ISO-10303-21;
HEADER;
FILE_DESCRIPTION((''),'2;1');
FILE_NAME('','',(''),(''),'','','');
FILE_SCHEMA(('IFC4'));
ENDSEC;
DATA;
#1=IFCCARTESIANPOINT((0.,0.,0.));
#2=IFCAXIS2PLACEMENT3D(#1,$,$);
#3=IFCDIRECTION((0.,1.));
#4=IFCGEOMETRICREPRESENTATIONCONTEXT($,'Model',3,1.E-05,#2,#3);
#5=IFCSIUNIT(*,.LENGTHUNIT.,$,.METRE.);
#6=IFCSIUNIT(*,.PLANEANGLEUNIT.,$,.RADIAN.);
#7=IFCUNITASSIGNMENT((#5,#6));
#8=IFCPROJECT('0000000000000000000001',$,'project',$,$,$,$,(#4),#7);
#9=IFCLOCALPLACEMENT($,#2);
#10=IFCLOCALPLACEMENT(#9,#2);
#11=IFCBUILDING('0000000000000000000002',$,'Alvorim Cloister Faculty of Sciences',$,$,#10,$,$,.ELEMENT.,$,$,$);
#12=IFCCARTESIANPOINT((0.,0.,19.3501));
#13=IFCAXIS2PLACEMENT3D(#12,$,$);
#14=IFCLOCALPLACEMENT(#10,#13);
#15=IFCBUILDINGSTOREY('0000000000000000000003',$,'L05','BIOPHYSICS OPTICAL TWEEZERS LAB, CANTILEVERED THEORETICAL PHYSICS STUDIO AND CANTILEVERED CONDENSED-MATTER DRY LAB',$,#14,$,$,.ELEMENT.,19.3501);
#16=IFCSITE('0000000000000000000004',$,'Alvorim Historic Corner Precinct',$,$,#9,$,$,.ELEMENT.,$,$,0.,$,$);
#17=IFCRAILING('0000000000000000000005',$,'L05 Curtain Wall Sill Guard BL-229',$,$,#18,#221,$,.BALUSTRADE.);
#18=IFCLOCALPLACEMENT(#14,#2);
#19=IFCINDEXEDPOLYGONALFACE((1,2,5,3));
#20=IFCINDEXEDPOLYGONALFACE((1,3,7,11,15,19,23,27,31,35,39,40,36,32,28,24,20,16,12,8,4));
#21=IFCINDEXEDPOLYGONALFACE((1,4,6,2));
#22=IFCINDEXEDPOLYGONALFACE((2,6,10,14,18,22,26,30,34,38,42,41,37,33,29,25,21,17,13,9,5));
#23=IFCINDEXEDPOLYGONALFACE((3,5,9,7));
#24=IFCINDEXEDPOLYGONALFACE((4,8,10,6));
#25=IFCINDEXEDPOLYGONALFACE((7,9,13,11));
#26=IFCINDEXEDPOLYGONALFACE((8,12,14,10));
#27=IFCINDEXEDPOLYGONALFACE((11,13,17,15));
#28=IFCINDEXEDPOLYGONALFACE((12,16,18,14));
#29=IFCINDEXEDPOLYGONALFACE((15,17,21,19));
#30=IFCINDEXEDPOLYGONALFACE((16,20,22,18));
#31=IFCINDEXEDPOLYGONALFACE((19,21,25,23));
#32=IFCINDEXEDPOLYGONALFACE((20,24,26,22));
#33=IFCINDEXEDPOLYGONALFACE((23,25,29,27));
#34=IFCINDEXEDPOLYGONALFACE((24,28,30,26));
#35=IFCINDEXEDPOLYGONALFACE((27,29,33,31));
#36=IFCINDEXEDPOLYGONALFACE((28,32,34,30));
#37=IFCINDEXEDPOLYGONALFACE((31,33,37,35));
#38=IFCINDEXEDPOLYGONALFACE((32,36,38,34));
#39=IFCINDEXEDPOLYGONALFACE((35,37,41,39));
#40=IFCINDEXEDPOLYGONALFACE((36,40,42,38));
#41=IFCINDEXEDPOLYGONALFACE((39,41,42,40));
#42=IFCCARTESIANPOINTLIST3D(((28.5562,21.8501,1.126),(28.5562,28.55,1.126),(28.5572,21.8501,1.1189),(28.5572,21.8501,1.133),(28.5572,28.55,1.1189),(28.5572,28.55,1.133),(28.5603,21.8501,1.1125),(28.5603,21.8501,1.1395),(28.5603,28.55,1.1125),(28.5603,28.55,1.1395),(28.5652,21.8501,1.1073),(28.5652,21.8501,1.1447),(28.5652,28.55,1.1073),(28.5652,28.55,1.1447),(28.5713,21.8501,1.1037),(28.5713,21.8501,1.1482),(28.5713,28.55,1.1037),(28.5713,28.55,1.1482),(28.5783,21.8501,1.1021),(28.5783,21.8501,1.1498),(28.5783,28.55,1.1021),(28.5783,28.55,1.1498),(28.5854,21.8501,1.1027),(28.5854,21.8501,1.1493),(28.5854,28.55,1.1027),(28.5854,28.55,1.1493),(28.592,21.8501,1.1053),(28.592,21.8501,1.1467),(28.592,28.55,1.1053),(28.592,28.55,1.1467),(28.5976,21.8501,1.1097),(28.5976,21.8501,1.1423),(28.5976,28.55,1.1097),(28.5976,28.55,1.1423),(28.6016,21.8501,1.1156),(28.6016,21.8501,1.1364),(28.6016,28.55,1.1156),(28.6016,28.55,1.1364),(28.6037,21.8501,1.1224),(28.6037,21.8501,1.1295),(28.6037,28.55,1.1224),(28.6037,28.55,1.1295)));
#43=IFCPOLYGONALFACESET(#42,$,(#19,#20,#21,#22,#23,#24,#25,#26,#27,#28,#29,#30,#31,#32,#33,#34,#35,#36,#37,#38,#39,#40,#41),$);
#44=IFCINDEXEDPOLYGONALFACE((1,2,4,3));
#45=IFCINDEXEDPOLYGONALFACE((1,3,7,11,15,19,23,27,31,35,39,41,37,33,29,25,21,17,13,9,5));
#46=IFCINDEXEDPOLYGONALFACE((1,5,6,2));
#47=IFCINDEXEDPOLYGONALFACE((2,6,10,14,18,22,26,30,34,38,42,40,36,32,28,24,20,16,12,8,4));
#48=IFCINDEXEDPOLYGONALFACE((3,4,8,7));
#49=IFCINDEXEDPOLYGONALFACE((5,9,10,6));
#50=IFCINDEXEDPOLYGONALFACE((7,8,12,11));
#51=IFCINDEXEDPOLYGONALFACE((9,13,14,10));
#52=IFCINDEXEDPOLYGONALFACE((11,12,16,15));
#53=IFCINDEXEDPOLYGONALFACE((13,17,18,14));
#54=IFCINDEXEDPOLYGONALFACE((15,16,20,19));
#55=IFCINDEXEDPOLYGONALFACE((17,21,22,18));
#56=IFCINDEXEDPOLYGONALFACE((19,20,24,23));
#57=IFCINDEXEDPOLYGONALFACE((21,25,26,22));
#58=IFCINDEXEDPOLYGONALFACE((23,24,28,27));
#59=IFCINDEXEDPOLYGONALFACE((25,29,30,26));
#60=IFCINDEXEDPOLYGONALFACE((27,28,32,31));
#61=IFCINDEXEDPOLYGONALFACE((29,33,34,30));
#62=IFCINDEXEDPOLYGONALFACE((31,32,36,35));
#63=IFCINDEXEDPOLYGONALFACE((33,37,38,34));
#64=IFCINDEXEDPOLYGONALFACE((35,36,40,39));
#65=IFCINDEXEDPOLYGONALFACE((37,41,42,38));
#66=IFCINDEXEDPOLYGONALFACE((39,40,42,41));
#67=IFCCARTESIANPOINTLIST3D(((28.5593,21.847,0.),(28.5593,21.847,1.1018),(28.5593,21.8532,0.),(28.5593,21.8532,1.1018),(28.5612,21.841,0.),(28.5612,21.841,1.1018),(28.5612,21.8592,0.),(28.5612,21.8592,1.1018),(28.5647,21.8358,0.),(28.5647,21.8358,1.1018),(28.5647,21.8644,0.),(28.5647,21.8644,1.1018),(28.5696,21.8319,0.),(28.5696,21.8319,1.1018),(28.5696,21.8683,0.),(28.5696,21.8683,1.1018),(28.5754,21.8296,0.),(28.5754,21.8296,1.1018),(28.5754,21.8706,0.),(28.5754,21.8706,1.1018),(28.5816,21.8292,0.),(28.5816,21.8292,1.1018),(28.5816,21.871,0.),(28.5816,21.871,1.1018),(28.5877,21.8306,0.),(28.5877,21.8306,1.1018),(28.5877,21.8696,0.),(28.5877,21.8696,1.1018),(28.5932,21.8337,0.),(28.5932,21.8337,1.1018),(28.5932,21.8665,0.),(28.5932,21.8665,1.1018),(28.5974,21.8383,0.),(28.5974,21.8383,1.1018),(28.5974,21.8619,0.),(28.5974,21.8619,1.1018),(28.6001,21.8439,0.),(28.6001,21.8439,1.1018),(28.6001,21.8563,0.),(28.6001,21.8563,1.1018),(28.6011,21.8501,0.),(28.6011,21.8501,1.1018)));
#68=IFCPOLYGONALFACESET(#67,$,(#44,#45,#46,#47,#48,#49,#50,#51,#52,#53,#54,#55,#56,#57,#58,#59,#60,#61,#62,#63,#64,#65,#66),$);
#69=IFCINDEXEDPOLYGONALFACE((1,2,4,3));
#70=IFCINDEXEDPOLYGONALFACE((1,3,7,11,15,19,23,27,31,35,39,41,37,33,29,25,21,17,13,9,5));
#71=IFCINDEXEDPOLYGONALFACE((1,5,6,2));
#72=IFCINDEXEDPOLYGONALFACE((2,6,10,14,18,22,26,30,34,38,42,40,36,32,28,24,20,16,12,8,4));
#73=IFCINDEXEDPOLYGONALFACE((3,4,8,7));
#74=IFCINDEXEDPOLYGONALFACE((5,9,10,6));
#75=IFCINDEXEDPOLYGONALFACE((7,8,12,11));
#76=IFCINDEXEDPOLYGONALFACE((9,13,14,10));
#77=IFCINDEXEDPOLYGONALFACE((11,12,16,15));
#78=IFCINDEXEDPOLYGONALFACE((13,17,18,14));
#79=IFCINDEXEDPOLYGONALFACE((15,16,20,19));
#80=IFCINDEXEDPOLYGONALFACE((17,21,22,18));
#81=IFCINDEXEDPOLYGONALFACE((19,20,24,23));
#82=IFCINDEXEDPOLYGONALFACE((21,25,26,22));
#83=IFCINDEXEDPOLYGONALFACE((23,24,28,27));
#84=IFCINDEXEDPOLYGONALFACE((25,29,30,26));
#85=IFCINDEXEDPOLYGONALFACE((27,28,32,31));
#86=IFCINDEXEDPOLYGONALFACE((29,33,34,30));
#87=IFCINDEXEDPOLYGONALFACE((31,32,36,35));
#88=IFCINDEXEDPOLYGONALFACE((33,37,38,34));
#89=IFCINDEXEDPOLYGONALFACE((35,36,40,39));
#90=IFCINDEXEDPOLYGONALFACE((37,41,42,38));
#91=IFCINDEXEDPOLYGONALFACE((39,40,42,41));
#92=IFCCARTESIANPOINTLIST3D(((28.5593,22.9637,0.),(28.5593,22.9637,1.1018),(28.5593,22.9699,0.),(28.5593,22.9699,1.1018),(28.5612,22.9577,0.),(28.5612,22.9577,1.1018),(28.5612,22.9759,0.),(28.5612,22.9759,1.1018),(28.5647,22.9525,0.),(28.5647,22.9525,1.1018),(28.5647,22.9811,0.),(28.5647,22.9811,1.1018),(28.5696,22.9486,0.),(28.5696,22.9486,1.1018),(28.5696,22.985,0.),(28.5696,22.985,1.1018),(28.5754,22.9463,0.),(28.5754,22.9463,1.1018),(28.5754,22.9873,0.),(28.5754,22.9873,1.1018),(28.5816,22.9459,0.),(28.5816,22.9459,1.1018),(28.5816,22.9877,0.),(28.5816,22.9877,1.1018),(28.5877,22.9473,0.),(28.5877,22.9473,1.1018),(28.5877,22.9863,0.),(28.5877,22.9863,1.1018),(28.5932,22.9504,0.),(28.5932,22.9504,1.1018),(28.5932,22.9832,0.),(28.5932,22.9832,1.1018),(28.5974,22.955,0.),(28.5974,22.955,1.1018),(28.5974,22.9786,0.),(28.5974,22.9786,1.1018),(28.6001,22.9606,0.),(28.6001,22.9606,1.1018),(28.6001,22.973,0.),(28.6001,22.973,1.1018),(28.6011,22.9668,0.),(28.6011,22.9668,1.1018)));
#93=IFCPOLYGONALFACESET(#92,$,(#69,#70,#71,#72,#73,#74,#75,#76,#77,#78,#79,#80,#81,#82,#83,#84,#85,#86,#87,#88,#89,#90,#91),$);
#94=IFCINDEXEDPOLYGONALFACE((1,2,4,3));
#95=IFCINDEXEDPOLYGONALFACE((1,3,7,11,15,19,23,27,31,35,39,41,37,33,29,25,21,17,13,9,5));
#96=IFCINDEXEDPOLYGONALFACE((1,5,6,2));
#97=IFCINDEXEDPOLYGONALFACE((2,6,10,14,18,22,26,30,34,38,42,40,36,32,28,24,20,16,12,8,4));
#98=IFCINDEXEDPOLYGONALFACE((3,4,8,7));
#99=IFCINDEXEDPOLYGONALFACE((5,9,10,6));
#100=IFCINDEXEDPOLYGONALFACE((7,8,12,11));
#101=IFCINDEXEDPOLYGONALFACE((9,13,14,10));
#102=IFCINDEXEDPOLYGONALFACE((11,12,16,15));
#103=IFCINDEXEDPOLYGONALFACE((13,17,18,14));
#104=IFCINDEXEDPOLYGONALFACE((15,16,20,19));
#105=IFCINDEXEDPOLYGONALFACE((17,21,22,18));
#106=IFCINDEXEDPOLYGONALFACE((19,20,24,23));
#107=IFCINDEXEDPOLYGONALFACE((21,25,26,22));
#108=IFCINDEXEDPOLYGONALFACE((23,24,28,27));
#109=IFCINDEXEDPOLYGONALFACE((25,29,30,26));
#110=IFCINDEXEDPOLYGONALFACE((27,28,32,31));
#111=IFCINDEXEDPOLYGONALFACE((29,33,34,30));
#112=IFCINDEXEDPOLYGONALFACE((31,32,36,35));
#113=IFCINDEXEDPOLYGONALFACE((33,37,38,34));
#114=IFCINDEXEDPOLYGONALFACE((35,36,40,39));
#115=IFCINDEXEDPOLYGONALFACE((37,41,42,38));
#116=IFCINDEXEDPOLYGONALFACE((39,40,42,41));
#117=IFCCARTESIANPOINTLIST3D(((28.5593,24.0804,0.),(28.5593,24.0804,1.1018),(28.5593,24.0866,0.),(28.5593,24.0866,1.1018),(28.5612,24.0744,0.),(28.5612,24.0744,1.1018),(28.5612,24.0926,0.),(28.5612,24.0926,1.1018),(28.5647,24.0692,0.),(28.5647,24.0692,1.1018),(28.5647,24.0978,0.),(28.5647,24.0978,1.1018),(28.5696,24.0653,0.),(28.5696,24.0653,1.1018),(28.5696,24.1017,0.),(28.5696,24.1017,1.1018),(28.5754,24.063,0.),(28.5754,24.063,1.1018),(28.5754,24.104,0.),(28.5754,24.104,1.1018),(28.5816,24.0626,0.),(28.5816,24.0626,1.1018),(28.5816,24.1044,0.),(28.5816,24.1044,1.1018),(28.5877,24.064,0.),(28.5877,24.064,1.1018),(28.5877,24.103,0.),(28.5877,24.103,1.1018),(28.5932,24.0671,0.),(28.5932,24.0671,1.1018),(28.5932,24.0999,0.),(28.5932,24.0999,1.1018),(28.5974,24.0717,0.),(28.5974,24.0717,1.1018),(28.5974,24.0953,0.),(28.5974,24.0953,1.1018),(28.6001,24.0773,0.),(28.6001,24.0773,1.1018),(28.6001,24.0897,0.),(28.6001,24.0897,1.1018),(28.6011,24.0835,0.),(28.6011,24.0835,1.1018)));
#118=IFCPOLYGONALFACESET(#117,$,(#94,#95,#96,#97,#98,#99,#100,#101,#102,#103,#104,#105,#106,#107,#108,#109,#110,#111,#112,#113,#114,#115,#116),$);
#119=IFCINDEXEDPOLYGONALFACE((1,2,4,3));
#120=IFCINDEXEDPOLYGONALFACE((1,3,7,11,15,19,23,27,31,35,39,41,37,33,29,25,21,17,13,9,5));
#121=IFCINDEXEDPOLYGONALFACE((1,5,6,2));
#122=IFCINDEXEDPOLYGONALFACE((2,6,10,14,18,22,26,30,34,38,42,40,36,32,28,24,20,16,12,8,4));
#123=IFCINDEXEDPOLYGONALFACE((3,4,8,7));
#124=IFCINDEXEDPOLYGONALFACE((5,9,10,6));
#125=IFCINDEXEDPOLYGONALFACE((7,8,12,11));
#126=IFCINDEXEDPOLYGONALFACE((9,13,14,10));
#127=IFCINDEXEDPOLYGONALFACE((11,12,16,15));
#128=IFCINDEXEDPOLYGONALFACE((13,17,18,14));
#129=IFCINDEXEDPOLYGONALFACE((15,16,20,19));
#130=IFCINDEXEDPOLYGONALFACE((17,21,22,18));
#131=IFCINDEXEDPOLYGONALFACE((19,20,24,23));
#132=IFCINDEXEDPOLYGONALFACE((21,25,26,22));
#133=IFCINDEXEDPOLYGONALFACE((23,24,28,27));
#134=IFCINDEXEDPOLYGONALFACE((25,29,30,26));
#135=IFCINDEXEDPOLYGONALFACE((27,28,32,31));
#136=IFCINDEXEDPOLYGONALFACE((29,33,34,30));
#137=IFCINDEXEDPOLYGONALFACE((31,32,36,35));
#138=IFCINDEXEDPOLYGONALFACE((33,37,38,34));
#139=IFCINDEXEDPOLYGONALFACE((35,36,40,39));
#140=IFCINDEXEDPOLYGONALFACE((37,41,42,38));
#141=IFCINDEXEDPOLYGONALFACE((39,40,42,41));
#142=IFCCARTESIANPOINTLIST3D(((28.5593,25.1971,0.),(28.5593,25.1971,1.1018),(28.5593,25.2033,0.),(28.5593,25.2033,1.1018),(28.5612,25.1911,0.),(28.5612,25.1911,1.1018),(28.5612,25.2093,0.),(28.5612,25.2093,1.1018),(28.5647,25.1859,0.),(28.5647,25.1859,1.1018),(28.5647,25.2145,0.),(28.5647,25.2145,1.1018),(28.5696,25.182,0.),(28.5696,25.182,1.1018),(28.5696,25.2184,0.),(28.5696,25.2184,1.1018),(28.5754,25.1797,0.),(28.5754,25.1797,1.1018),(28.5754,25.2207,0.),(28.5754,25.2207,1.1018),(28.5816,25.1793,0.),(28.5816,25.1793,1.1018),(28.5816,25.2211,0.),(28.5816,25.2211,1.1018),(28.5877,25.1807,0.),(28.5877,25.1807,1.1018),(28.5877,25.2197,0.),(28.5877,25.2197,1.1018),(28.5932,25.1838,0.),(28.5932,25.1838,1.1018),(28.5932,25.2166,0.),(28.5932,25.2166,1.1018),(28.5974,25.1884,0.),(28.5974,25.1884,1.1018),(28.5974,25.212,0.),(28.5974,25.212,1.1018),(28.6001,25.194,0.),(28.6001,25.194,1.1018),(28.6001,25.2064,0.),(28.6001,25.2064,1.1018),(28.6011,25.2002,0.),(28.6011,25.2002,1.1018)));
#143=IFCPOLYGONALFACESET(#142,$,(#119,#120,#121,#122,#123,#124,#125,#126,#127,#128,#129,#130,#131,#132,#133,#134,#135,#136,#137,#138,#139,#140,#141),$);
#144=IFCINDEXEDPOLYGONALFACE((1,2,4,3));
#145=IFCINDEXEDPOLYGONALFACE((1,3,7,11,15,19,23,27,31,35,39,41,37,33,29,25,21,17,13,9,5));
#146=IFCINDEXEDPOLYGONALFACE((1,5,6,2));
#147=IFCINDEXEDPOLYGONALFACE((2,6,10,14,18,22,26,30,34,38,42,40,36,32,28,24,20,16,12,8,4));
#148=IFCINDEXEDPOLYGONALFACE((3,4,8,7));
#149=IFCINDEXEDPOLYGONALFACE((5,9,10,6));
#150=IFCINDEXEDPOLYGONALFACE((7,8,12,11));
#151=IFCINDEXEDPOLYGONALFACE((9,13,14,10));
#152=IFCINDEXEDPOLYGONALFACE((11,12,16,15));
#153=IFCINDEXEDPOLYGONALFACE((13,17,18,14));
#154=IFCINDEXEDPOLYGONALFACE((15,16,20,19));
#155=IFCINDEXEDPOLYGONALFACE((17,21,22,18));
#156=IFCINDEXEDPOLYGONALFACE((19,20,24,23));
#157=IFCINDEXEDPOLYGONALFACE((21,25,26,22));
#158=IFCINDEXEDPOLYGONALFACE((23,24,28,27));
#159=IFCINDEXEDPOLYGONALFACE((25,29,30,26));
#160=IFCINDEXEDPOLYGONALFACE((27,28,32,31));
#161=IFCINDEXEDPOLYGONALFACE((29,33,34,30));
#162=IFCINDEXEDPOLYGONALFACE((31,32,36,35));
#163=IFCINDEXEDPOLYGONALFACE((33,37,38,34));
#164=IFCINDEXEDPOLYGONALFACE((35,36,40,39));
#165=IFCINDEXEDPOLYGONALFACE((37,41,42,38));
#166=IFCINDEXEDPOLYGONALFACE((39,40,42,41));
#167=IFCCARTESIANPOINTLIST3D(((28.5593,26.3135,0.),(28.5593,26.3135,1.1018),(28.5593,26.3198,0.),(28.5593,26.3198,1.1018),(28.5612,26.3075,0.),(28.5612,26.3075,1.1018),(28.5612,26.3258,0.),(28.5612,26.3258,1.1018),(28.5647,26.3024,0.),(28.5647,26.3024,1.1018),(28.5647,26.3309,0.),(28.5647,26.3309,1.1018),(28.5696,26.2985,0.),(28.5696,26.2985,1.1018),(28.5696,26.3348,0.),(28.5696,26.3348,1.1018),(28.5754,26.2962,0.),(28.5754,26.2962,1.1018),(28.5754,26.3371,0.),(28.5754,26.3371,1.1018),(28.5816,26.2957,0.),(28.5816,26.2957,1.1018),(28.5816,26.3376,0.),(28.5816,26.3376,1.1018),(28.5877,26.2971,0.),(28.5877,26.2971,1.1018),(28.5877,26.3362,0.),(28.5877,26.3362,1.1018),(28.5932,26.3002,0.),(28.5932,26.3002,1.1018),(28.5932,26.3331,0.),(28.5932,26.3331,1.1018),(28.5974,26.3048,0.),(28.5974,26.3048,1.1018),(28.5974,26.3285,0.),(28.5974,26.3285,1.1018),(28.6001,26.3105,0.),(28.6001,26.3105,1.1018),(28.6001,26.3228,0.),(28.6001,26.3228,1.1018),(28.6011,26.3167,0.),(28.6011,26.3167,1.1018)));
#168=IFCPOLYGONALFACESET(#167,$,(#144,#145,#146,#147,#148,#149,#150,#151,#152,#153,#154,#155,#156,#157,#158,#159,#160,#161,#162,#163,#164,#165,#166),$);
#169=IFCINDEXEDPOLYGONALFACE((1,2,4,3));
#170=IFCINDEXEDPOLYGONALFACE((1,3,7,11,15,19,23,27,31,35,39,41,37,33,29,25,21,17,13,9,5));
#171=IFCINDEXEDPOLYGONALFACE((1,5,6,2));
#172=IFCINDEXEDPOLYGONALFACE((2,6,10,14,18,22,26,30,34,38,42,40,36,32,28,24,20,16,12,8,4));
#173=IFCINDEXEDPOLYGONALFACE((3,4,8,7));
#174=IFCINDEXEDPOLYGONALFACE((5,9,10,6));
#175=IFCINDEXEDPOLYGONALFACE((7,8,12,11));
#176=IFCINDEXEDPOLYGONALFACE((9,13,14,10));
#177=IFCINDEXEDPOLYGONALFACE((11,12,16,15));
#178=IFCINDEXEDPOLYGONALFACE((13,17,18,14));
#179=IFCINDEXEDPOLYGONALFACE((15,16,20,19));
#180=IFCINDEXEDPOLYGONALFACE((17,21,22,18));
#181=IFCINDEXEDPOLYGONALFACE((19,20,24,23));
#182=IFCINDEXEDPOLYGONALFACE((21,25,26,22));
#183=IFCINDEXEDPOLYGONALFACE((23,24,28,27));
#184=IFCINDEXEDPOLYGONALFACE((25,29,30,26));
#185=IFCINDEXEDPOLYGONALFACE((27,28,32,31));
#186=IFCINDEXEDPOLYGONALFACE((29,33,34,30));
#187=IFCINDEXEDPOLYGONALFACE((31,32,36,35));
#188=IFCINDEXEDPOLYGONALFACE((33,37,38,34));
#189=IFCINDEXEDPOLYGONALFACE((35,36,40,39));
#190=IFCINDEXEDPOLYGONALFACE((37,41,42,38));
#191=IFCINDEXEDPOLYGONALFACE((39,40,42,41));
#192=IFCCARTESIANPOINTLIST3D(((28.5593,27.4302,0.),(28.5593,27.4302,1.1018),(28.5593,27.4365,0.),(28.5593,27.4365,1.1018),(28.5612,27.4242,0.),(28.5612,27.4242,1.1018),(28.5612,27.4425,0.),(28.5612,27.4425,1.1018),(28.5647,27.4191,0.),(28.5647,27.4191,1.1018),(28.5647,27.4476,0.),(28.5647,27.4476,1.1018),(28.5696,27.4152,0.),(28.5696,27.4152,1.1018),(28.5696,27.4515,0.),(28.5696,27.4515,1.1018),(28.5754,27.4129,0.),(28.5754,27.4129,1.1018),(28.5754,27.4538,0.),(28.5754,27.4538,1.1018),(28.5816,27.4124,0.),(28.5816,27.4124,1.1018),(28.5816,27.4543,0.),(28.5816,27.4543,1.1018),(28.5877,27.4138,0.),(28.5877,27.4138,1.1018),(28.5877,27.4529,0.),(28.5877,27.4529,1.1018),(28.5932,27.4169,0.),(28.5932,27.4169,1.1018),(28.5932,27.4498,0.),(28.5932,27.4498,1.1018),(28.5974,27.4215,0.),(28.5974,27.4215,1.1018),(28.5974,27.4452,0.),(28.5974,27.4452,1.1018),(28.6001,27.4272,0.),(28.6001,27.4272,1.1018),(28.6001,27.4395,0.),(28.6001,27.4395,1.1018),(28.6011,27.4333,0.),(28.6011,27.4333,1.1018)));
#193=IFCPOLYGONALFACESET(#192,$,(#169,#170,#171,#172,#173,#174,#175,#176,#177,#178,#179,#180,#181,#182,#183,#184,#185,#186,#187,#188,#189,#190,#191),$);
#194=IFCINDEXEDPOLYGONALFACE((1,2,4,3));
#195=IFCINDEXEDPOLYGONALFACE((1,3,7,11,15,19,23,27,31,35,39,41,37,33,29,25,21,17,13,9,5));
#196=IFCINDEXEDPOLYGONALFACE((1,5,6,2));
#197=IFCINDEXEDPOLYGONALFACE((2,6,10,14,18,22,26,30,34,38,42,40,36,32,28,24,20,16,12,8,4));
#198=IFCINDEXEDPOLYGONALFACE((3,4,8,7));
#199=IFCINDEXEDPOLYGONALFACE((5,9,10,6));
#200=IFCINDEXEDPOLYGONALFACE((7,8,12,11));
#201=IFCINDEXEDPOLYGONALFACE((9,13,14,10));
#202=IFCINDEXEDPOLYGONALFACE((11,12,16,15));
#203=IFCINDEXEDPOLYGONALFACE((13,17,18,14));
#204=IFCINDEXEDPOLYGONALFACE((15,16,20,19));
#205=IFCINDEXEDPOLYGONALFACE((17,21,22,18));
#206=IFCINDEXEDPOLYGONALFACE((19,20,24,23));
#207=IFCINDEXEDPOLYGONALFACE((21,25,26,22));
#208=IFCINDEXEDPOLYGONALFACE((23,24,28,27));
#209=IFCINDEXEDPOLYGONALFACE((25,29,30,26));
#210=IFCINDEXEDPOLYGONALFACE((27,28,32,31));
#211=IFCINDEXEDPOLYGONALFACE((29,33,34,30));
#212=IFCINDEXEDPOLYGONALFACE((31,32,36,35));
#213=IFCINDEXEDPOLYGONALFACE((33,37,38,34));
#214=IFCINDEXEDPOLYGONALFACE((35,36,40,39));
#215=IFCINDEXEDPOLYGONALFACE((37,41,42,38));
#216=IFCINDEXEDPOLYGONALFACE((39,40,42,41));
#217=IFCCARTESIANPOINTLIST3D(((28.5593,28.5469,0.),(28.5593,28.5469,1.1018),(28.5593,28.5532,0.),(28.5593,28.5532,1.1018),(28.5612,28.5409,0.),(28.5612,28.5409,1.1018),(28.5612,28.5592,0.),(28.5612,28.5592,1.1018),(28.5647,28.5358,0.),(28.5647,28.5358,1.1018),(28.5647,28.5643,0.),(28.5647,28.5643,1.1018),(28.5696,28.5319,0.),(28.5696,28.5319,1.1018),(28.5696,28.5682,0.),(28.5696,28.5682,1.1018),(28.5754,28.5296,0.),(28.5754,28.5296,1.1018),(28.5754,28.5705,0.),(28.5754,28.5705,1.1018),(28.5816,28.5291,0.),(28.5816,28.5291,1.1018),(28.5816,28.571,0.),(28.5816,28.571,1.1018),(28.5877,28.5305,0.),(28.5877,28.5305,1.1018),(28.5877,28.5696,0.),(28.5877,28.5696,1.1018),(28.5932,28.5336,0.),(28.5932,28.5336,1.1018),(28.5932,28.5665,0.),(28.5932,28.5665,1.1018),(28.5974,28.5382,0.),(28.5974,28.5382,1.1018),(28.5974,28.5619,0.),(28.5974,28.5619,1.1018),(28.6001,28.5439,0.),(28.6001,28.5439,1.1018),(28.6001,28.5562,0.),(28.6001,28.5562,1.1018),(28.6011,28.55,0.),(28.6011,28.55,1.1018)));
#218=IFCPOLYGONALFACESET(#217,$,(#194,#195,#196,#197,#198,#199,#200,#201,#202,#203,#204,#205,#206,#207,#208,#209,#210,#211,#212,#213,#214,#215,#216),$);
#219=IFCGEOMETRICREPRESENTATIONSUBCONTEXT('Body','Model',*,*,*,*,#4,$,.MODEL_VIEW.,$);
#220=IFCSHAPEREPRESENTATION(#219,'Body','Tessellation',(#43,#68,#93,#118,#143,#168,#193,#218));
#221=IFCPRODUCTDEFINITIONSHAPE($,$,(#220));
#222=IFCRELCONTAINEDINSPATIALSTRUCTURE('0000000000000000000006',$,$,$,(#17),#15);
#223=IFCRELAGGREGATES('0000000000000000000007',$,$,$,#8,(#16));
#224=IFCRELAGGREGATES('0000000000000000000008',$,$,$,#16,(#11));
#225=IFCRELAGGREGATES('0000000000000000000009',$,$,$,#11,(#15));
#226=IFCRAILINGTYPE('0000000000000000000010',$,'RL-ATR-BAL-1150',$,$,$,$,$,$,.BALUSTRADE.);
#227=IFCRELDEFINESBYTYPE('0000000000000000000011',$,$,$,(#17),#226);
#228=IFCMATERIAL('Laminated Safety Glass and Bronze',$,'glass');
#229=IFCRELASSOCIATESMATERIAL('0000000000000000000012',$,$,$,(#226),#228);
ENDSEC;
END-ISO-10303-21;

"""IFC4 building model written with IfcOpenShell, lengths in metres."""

from ifc_helpers import new_model, si_unit, direction, frame, origin, origin_2d, place, context, subcontext, project, spatial, circle, extrude, material, type_object, element, save


model = new_model("IFC4")

# Units and contexts
model_context = context("Model", 3, precision=1e-05, world=origin(), true_north=direction((0.0, 1.0)))
body_context = subcontext(model_context, "Body", "Model", "MODEL_VIEW")
ifc_project = project(units=[si_unit("LENGTHUNIT", "METRE"), si_unit("PLANEANGLEUNIT", "RADIAN")], contexts=[model_context])

# Site, building, storey
site_placement = place(None, origin())
site = spatial("IfcSite", under=ifc_project, at=site_placement, Name="Alvorim Historic Corner Precinct", CompositionType="ELEMENT", RefElevation=0.0)
building_placement = place(site_placement, origin())
building = spatial("IfcBuilding", under=site, at=building_placement, Name="Alvorim Cloister Faculty of Sciences", CompositionType="ELEMENT")
storey_placement = place(building_placement, frame((0.0, 0.0, 19.3501)))
storey = spatial("IfcBuildingStorey", under=building, at=storey_placement, Name="L05", Description="BIOPHYSICS OPTICAL TWEEZERS LAB, CANTILEVERED THEORETICAL PHYSICS STUDIO AND CANTILEVERED CONDENSED-MATTER DRY LAB", CompositionType="ELEMENT", Elevation=19.3501)

# Railing
ifc_material_1 = material(Name="Laminated Safety Glass and Bronze", Category="glass")
railing_type_1 = type_object("IfcRailingType", Name="RL-ATR-BAL-1150", PredefinedType="BALUSTRADE", material=ifc_material_1)
railing_1_placement = place(storey_placement, frame((28.5801, 21.8501, 0.0)))
element("IfcRailing", 1, at=railing_1_placement, inside=storey, type_object=railing_type_1, Name="L05 Curtain Wall Sill Guard BL-229", PredefinedType="BALUSTRADE", context=body_context, shape_type="SweptSolid", body=[
    extrude(circle(Radius=0.0239, at=origin_2d()), frame((0.0, 0.0, 1.126), z_axis=(0.0, 1.0, 0.0), x_axis=(-1.0, 0.0, 0.0)), (0.0, 0.0, 1.0), 6.7),
    extrude(circle(Radius=0.021, at=origin_2d()), origin(), (0.0, 0.0, 1.0), 1.1018),
    extrude(circle(Radius=0.021, at=origin_2d()), frame((0.0, 1.1167, 0.0)), (0.0, 0.0, 1.0), 1.1018),
    extrude(circle(Radius=0.021, at=origin_2d()), frame((0.0, 2.2334, 0.0)), (0.0, 0.0, 1.0), 1.1018),
    extrude(circle(Radius=0.021, at=origin_2d()), frame((0.0, 3.3501, 0.0)), (0.0, 0.0, 1.0), 1.1018),
    extrude(circle(Radius=0.021, at=origin_2d()), frame((0.0, 4.4666, 0.0)), (0.0, 0.0, 1.0), 1.1018),
    extrude(circle(Radius=0.021, at=origin_2d()), frame((0.0, 5.5833, 0.0)), (0.0, 0.0, 1.0), 1.1018),
    extrude(circle(Radius=0.021, at=origin_2d()), frame((0.0, 6.7, 0.0)), (0.0, 0.0, 1.0), 1.1018),
])

save(model, "model.ifc")
